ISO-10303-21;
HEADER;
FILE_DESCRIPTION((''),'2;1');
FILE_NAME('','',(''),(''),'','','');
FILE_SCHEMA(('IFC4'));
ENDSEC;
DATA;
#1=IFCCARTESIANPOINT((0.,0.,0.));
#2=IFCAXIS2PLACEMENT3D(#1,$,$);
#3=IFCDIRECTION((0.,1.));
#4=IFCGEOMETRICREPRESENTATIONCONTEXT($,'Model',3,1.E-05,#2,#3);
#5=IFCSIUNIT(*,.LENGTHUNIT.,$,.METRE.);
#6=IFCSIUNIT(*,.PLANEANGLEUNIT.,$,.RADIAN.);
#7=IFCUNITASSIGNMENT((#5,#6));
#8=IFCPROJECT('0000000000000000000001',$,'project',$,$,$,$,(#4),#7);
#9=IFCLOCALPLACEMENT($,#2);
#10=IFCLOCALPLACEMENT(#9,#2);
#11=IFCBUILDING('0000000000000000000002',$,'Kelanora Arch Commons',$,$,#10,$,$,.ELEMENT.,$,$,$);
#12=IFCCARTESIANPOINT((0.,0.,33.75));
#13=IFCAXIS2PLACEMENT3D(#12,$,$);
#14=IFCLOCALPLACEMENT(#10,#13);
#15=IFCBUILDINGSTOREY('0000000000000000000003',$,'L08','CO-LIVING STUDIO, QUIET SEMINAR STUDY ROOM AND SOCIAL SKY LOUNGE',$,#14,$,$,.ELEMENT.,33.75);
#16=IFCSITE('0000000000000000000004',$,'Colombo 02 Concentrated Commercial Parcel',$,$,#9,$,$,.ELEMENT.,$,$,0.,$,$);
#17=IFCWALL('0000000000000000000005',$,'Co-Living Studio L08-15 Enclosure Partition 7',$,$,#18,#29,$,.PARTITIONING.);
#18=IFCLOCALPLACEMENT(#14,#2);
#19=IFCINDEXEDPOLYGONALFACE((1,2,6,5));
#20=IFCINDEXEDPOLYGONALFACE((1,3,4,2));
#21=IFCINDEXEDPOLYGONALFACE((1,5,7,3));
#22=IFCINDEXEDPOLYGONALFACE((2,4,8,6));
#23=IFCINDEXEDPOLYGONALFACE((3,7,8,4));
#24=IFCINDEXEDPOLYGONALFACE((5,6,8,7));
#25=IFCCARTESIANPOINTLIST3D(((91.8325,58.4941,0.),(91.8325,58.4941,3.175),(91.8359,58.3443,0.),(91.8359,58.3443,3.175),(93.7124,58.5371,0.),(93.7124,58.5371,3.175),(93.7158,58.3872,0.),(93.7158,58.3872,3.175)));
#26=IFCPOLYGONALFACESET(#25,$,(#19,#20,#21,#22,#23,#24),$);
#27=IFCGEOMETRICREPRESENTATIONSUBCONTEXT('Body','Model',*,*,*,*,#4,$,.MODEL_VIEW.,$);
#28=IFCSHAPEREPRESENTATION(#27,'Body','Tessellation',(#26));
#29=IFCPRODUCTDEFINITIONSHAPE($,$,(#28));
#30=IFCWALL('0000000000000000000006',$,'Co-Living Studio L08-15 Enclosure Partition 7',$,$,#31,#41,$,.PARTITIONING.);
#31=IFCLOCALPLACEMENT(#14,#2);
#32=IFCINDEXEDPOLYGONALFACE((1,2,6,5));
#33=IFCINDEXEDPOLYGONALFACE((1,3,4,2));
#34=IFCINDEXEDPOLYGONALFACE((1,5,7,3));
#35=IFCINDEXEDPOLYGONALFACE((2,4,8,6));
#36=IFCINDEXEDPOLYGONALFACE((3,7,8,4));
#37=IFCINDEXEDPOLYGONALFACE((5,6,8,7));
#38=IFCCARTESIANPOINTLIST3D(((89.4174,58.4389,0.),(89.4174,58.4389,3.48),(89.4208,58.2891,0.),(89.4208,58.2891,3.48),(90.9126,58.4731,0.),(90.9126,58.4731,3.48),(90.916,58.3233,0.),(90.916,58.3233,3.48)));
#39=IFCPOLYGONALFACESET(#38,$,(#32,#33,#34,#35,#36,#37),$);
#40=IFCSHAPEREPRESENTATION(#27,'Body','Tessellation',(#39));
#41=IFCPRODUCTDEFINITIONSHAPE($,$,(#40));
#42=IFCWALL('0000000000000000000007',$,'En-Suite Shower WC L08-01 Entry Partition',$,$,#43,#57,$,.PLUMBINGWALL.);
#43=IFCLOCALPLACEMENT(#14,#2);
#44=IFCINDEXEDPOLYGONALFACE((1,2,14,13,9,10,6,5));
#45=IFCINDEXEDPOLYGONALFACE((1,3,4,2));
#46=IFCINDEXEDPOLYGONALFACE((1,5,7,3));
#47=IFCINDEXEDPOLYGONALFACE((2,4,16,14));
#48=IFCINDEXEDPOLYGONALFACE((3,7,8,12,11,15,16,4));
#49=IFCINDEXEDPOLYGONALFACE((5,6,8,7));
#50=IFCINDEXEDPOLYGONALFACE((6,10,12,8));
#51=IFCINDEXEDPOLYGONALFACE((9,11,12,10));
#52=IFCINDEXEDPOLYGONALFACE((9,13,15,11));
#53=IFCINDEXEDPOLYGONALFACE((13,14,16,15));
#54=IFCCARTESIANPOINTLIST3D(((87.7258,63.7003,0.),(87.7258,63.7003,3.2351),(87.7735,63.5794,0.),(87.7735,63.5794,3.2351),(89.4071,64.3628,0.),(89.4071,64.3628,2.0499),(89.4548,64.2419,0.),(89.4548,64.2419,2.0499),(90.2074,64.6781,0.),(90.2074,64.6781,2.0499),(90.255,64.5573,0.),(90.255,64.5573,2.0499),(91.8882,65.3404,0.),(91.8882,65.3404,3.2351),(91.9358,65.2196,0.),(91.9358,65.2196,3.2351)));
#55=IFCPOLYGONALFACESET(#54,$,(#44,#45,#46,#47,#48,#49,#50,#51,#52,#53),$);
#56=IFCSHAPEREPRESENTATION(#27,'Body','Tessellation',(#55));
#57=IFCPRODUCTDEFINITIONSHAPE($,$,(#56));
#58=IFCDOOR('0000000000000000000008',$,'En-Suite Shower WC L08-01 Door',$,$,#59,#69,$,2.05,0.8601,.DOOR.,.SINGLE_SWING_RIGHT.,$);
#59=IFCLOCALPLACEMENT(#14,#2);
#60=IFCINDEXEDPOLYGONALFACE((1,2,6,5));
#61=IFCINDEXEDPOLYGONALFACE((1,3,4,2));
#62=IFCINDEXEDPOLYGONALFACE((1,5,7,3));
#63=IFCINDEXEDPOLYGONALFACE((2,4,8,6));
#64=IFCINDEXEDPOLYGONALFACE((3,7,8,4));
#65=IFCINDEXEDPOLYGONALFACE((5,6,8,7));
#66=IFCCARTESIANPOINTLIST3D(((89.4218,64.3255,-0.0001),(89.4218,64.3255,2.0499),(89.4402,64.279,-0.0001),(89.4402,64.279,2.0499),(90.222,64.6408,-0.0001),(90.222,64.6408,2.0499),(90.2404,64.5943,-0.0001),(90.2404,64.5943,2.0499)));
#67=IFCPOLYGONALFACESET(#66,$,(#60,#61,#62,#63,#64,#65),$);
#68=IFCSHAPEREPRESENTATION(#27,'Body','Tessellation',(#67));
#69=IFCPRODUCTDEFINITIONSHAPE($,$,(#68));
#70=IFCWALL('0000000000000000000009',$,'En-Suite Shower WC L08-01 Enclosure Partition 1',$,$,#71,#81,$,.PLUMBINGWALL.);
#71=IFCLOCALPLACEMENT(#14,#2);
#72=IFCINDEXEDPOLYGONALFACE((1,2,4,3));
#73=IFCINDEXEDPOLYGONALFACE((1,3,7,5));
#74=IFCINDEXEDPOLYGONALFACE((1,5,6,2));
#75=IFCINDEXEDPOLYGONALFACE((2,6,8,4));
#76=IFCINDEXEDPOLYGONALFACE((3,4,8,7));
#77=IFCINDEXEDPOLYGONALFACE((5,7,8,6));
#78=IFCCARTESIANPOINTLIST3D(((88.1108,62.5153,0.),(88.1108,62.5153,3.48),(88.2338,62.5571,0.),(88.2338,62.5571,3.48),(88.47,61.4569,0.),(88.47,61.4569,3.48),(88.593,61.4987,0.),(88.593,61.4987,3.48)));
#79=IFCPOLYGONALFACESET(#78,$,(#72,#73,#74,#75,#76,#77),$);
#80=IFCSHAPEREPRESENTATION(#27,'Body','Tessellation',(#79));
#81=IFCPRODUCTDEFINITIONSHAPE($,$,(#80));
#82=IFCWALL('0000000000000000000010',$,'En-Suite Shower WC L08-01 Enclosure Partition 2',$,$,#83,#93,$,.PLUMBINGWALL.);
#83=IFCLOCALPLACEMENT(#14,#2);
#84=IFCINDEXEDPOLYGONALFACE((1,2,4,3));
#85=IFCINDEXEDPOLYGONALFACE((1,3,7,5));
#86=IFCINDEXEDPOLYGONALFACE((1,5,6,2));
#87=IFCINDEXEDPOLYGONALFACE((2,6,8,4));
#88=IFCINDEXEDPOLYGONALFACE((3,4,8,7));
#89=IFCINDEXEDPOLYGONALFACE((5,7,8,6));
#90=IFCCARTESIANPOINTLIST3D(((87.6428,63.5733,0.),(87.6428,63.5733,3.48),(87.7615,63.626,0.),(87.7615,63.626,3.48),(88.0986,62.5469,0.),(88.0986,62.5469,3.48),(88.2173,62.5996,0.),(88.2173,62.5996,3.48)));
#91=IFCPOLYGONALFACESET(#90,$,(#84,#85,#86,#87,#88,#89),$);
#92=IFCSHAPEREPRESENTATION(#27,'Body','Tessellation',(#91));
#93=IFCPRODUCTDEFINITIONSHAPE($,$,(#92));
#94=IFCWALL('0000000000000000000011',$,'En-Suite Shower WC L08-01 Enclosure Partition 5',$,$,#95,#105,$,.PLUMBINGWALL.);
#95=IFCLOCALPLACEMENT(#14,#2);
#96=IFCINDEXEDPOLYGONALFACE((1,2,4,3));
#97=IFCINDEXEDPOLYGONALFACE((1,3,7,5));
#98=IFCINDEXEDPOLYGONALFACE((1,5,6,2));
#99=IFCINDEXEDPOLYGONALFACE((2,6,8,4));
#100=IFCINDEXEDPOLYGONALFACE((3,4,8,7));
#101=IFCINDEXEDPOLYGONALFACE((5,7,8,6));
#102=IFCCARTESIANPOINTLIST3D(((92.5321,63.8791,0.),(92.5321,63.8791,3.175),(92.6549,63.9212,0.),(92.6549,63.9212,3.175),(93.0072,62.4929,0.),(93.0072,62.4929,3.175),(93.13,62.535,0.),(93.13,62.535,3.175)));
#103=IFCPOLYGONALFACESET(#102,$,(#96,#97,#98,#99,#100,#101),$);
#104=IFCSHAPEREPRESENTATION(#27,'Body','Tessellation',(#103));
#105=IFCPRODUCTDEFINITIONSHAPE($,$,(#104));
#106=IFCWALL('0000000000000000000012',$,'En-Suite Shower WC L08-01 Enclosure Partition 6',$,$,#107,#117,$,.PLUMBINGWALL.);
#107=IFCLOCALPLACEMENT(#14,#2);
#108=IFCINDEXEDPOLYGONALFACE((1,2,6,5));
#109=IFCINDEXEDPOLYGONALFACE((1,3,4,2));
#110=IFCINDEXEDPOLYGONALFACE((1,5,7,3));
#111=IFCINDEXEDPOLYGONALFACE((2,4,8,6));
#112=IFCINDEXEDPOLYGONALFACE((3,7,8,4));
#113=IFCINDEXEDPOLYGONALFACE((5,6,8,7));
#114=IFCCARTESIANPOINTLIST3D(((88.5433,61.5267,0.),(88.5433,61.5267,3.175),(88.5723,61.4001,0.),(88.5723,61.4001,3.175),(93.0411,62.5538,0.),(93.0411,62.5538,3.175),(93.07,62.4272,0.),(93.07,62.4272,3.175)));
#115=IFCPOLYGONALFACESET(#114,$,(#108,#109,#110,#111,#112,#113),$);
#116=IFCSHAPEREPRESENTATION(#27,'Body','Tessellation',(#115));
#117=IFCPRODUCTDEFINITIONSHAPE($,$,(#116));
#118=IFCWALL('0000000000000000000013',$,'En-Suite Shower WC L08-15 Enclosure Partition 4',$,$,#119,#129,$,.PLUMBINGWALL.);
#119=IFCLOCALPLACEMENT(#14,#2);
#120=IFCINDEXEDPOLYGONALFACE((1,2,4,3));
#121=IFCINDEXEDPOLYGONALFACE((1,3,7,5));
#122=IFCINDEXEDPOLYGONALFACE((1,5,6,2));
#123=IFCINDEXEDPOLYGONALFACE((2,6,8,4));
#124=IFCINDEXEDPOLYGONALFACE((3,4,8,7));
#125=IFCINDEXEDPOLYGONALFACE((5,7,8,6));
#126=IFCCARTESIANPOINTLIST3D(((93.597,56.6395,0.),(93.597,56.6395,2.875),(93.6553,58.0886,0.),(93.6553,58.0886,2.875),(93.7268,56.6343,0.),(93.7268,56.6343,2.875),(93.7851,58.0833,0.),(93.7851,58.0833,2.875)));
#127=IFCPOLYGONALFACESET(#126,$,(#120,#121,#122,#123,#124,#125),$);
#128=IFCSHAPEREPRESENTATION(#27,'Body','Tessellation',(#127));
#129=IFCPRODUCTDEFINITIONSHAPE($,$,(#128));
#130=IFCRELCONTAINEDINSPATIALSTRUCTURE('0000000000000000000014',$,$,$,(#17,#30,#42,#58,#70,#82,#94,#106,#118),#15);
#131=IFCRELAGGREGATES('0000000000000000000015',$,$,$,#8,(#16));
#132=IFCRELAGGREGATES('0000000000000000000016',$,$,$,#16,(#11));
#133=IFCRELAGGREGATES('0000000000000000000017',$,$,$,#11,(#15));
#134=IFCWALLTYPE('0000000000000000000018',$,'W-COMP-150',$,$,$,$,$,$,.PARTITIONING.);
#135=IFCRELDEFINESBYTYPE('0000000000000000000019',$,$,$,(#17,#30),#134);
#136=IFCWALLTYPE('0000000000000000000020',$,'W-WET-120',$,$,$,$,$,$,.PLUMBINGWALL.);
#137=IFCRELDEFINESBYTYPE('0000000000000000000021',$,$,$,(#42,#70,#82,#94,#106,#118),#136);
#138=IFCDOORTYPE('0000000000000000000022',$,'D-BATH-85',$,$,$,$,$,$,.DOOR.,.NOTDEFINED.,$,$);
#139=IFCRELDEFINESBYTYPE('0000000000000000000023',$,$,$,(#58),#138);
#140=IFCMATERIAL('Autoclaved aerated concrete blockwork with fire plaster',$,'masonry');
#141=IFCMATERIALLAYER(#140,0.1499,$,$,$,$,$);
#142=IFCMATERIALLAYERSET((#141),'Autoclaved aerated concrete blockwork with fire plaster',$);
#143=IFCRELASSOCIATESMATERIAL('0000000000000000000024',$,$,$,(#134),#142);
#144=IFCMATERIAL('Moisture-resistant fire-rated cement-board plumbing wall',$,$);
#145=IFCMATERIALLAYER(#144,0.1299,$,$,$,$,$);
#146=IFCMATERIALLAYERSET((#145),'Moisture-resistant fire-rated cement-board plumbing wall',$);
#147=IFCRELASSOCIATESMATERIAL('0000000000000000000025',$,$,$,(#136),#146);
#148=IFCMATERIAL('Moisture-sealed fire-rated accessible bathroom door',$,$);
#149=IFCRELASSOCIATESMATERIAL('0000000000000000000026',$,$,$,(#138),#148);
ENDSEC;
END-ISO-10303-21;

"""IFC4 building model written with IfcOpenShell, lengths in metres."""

from ifc_helpers import new_model, si_unit, direction, frame, frame_2d, origin, place, context, subcontext, project, spatial, rectangle, extrude, material, layer, layer_set, type_object, element, fill, save


model = new_model("IFC4")

# Units and contexts
model_context = context("Model", 3, precision=1e-05, world=origin(), true_north=direction((0.0, 1.0)))
body_context = subcontext(model_context, "Body", "Model", "MODEL_VIEW")
ifc_project = project(units=[si_unit("LENGTHUNIT", "METRE"), si_unit("PLANEANGLEUNIT", "RADIAN")], contexts=[model_context])

# Site, building, storey
site_placement = place(None, origin())
site = spatial("IfcSite", under=ifc_project, at=site_placement, Name="Colombo 02 Concentrated Commercial Parcel", CompositionType="ELEMENT", RefElevation=0.0)
building_placement = place(site_placement, origin())
building = spatial("IfcBuilding", under=site, at=building_placement, Name="Kelanora Arch Commons", CompositionType="ELEMENT")
storey_placement = place(building_placement, frame((0.0, 0.0, 33.75)))
storey = spatial("IfcBuildingStorey", under=building, at=storey_placement, Name="L08", Description="CO-LIVING STUDIO, QUIET SEMINAR STUDY ROOM AND SOCIAL SKY LOUNGE", CompositionType="ELEMENT", Elevation=33.75)

# Shared definitions
ifc_material_1 = material(Name="Autoclaved aerated concrete blockwork with fire plaster", Category="masonry")
ifc_layer_1 = layer(ifc_material_1, 0.1499)
ifc_layer_set_1 = layer_set([ifc_layer_1], Name="Autoclaved aerated concrete blockwork with fire plaster")
wall_type_1 = type_object("IfcWallType", Name="W-COMP-150", PredefinedType="PARTITIONING", material=ifc_layer_set_1)

# Walls
wall_1_placement = place(storey_placement, frame((93.7141, 58.4622, 0.0), z_axis=(0.0, 0.0, 1.0), x_axis=(-0.999739, -0.022851, 0.0)))
element("IfcWall", 1, at=wall_1_placement, inside=storey, type_object=wall_type_1, Name="Co-Living Studio L08-15 Enclosure Partition 7", PredefinedType="PARTITIONING", context=body_context, shape_type="SweptSolid", body=[
    extrude(rectangle(XDim=1.8804, YDim=0.1499, at=frame_2d((0.9402, 0.0))), origin(), (0.0, 0.0, 1.0), 3.175),
])
wall_2_placement = place(storey_placement, frame((90.9143, 58.3982, 0.0), z_axis=(0.0, 0.0, 1.0), x_axis=(-0.999739, -0.022855, 0.0)))
element("IfcWall", 2, at=wall_2_placement, inside=storey, type_object=wall_type_1, Name="Co-Living Studio L08-15 Enclosure Partition 7", PredefinedType="PARTITIONING", context=body_context, shape_type="SweptSolid", body=[
    extrude(rectangle(XDim=1.4956, YDim=0.1499, at=frame_2d((0.7478, 0.0))), origin(), (0.0, 0.0, 1.0), 3.48),
])

# Wall, opening, door
ifc_material_2 = material(Name="Moisture-resistant fire-rated cement-board plumbing wall")
ifc_layer_2 = layer(ifc_material_2, 0.1299)
ifc_layer_set_2 = layer_set([ifc_layer_2], Name="Moisture-resistant fire-rated cement-board plumbing wall")
wall_type_2 = type_object("IfcWallType", Name="W-WET-120", PredefinedType="PLUMBINGWALL", material=ifc_layer_set_2)
wall_3_placement = place(storey_placement, frame((87.7498, 63.6399, 0.0), z_axis=(0.0, 0.0, 1.0), x_axis=(0.930376, 0.366606, 0.0)))
wall_3 = element("IfcWall", 3, at=wall_3_placement, inside=storey, type_object=wall_type_2, Name="En-Suite Shower WC L08-01 Entry Partition", PredefinedType="PLUMBINGWALL", context=body_context, shape_type="SweptSolid", body=[
    extrude(rectangle(XDim=4.4739, YDim=0.1299, at=frame_2d((2.2368, 0.0))), origin(), (0.0, 0.0, 1.0), 3.2351),
])
opening_1_placement = place(wall_3_placement, frame((1.8069, 0.0, 0.0)))
opening_1 = element("IfcOpeningElement", 4, at=opening_1_placement, cuts=wall_3, PredefinedType="OPENING", context=body_context, shape_type="SweptSolid", body=[
    extrude(rectangle(XDim=0.8601, YDim=2.05, at=frame_2d((0.4302, 1.0249))), frame((0.0, 0.075, 0.0), z_axis=(0.0, -1.0, 0.0), x_axis=(1.0, 0.0, 0.0)), (0.0, 0.0, 1.0), 0.1499),
])
ifc_material_3 = material(Name="Moisture-sealed fire-rated accessible bathroom door")
door_type_1 = type_object("IfcDoorType", Name="D-BATH-85", OperationType="NOTDEFINED", PredefinedType="DOOR", material=ifc_material_3)
door_1_placement = place(opening_1_placement, origin())
door_1 = element("IfcDoor", 5, at=door_1_placement, inside=storey, type_object=door_type_1, Name="En-Suite Shower WC L08-01 Door", OperationType="SINGLE_SWING_RIGHT", OverallHeight=2.05, OverallWidth=0.8601, PredefinedType="DOOR", context=body_context, shape_type="SweptSolid", body=[
    extrude(rectangle(XDim=0.8601, YDim=2.05, at=frame_2d((0.4302, 1.0249))), frame((0.0, 0.0249, 0.0), z_axis=(0.0, -1.0, 0.0), x_axis=(1.0, 0.0, 0.0)), (0.0, 0.0, 1.0), 0.05),
])
fill(opening_1, door_1)

# Walls
wall_4_placement = place(storey_placement, frame((88.5315, 61.4778, 0.0), z_axis=(0.0, 0.0, 1.0), x_axis=(-0.321335, 0.946966, 0.0)))
element("IfcWall", 6, at=wall_4_placement, inside=storey, type_object=wall_type_2, Name="En-Suite Shower WC L08-01 Enclosure Partition 1", PredefinedType="PLUMBINGWALL", context=body_context, shape_type="SweptSolid", body=[
    extrude(rectangle(XDim=1.1177, YDim=0.1299, at=frame_2d((0.5588, 0.0))), origin(), (0.0, 0.0, 1.0), 3.48),
])
wall_5_placement = place(storey_placement, frame((88.158, 62.5732, 0.0), z_axis=(0.0, 0.0, 1.0), x_axis=(-0.405876, 0.913928, 0.0)))
element("IfcWall", 7, at=wall_5_placement, inside=storey, type_object=wall_type_2, Name="En-Suite Shower WC L08-01 Enclosure Partition 2", PredefinedType="PLUMBINGWALL", context=body_context, shape_type="SweptSolid", body=[
    extrude(rectangle(XDim=1.123, YDim=0.1299, at=frame_2d((0.5615, 0.0))), origin(), (0.0, 0.0, 1.0), 3.48),
])
wall_6_placement = place(storey_placement, frame((92.5935, 63.9001, 0.0), z_axis=(0.0, 0.0, 1.0), x_axis=(0.324214, -0.945984, 0.0)))
element("IfcWall", 8, at=wall_6_placement, inside=storey, type_object=wall_type_2, Name="En-Suite Shower WC L08-01 Enclosure Partition 5", PredefinedType="PLUMBINGWALL", context=body_context, shape_type="SweptSolid", body=[
    extrude(rectangle(XDim=1.4653, YDim=0.1299, at=frame_2d((0.7327, 0.0))), origin(), (0.0, 0.0, 1.0), 3.175),
])
wall_7_placement = place(storey_placement, frame((93.0554, 62.4905, 0.0), z_axis=(0.0, 0.0, 1.0), x_axis=(-0.974904, -0.222625, 0.0)))
element("IfcWall", 9, at=wall_7_placement, inside=storey, type_object=wall_type_2, Name="En-Suite Shower WC L08-01 Enclosure Partition 6", PredefinedType="PLUMBINGWALL", context=body_context, shape_type="SweptSolid", body=[
    extrude(rectangle(XDim=4.6135, YDim=0.1299, at=frame_2d((2.3066, 0.0))), origin(), (0.0, 0.0, 1.0), 3.175),
])
wall_8_placement = place(storey_placement, frame((93.7202, 58.0859, 0.0), z_axis=(0.0, 0.0, 1.0), x_axis=(-0.040237, -0.99919, 0.0)))
element("IfcWall", 10, at=wall_8_placement, inside=storey, type_object=wall_type_2, Name="En-Suite Shower WC L08-15 Enclosure Partition 4", PredefinedType="PLUMBINGWALL", context=body_context, shape_type="SweptSolid", body=[
    extrude(rectangle(XDim=1.4502, YDim=0.1299, at=frame_2d((0.7251, 0.0))), origin(), (0.0, 0.0, 1.0), 2.875),
])

save(model, "model.ifc")
